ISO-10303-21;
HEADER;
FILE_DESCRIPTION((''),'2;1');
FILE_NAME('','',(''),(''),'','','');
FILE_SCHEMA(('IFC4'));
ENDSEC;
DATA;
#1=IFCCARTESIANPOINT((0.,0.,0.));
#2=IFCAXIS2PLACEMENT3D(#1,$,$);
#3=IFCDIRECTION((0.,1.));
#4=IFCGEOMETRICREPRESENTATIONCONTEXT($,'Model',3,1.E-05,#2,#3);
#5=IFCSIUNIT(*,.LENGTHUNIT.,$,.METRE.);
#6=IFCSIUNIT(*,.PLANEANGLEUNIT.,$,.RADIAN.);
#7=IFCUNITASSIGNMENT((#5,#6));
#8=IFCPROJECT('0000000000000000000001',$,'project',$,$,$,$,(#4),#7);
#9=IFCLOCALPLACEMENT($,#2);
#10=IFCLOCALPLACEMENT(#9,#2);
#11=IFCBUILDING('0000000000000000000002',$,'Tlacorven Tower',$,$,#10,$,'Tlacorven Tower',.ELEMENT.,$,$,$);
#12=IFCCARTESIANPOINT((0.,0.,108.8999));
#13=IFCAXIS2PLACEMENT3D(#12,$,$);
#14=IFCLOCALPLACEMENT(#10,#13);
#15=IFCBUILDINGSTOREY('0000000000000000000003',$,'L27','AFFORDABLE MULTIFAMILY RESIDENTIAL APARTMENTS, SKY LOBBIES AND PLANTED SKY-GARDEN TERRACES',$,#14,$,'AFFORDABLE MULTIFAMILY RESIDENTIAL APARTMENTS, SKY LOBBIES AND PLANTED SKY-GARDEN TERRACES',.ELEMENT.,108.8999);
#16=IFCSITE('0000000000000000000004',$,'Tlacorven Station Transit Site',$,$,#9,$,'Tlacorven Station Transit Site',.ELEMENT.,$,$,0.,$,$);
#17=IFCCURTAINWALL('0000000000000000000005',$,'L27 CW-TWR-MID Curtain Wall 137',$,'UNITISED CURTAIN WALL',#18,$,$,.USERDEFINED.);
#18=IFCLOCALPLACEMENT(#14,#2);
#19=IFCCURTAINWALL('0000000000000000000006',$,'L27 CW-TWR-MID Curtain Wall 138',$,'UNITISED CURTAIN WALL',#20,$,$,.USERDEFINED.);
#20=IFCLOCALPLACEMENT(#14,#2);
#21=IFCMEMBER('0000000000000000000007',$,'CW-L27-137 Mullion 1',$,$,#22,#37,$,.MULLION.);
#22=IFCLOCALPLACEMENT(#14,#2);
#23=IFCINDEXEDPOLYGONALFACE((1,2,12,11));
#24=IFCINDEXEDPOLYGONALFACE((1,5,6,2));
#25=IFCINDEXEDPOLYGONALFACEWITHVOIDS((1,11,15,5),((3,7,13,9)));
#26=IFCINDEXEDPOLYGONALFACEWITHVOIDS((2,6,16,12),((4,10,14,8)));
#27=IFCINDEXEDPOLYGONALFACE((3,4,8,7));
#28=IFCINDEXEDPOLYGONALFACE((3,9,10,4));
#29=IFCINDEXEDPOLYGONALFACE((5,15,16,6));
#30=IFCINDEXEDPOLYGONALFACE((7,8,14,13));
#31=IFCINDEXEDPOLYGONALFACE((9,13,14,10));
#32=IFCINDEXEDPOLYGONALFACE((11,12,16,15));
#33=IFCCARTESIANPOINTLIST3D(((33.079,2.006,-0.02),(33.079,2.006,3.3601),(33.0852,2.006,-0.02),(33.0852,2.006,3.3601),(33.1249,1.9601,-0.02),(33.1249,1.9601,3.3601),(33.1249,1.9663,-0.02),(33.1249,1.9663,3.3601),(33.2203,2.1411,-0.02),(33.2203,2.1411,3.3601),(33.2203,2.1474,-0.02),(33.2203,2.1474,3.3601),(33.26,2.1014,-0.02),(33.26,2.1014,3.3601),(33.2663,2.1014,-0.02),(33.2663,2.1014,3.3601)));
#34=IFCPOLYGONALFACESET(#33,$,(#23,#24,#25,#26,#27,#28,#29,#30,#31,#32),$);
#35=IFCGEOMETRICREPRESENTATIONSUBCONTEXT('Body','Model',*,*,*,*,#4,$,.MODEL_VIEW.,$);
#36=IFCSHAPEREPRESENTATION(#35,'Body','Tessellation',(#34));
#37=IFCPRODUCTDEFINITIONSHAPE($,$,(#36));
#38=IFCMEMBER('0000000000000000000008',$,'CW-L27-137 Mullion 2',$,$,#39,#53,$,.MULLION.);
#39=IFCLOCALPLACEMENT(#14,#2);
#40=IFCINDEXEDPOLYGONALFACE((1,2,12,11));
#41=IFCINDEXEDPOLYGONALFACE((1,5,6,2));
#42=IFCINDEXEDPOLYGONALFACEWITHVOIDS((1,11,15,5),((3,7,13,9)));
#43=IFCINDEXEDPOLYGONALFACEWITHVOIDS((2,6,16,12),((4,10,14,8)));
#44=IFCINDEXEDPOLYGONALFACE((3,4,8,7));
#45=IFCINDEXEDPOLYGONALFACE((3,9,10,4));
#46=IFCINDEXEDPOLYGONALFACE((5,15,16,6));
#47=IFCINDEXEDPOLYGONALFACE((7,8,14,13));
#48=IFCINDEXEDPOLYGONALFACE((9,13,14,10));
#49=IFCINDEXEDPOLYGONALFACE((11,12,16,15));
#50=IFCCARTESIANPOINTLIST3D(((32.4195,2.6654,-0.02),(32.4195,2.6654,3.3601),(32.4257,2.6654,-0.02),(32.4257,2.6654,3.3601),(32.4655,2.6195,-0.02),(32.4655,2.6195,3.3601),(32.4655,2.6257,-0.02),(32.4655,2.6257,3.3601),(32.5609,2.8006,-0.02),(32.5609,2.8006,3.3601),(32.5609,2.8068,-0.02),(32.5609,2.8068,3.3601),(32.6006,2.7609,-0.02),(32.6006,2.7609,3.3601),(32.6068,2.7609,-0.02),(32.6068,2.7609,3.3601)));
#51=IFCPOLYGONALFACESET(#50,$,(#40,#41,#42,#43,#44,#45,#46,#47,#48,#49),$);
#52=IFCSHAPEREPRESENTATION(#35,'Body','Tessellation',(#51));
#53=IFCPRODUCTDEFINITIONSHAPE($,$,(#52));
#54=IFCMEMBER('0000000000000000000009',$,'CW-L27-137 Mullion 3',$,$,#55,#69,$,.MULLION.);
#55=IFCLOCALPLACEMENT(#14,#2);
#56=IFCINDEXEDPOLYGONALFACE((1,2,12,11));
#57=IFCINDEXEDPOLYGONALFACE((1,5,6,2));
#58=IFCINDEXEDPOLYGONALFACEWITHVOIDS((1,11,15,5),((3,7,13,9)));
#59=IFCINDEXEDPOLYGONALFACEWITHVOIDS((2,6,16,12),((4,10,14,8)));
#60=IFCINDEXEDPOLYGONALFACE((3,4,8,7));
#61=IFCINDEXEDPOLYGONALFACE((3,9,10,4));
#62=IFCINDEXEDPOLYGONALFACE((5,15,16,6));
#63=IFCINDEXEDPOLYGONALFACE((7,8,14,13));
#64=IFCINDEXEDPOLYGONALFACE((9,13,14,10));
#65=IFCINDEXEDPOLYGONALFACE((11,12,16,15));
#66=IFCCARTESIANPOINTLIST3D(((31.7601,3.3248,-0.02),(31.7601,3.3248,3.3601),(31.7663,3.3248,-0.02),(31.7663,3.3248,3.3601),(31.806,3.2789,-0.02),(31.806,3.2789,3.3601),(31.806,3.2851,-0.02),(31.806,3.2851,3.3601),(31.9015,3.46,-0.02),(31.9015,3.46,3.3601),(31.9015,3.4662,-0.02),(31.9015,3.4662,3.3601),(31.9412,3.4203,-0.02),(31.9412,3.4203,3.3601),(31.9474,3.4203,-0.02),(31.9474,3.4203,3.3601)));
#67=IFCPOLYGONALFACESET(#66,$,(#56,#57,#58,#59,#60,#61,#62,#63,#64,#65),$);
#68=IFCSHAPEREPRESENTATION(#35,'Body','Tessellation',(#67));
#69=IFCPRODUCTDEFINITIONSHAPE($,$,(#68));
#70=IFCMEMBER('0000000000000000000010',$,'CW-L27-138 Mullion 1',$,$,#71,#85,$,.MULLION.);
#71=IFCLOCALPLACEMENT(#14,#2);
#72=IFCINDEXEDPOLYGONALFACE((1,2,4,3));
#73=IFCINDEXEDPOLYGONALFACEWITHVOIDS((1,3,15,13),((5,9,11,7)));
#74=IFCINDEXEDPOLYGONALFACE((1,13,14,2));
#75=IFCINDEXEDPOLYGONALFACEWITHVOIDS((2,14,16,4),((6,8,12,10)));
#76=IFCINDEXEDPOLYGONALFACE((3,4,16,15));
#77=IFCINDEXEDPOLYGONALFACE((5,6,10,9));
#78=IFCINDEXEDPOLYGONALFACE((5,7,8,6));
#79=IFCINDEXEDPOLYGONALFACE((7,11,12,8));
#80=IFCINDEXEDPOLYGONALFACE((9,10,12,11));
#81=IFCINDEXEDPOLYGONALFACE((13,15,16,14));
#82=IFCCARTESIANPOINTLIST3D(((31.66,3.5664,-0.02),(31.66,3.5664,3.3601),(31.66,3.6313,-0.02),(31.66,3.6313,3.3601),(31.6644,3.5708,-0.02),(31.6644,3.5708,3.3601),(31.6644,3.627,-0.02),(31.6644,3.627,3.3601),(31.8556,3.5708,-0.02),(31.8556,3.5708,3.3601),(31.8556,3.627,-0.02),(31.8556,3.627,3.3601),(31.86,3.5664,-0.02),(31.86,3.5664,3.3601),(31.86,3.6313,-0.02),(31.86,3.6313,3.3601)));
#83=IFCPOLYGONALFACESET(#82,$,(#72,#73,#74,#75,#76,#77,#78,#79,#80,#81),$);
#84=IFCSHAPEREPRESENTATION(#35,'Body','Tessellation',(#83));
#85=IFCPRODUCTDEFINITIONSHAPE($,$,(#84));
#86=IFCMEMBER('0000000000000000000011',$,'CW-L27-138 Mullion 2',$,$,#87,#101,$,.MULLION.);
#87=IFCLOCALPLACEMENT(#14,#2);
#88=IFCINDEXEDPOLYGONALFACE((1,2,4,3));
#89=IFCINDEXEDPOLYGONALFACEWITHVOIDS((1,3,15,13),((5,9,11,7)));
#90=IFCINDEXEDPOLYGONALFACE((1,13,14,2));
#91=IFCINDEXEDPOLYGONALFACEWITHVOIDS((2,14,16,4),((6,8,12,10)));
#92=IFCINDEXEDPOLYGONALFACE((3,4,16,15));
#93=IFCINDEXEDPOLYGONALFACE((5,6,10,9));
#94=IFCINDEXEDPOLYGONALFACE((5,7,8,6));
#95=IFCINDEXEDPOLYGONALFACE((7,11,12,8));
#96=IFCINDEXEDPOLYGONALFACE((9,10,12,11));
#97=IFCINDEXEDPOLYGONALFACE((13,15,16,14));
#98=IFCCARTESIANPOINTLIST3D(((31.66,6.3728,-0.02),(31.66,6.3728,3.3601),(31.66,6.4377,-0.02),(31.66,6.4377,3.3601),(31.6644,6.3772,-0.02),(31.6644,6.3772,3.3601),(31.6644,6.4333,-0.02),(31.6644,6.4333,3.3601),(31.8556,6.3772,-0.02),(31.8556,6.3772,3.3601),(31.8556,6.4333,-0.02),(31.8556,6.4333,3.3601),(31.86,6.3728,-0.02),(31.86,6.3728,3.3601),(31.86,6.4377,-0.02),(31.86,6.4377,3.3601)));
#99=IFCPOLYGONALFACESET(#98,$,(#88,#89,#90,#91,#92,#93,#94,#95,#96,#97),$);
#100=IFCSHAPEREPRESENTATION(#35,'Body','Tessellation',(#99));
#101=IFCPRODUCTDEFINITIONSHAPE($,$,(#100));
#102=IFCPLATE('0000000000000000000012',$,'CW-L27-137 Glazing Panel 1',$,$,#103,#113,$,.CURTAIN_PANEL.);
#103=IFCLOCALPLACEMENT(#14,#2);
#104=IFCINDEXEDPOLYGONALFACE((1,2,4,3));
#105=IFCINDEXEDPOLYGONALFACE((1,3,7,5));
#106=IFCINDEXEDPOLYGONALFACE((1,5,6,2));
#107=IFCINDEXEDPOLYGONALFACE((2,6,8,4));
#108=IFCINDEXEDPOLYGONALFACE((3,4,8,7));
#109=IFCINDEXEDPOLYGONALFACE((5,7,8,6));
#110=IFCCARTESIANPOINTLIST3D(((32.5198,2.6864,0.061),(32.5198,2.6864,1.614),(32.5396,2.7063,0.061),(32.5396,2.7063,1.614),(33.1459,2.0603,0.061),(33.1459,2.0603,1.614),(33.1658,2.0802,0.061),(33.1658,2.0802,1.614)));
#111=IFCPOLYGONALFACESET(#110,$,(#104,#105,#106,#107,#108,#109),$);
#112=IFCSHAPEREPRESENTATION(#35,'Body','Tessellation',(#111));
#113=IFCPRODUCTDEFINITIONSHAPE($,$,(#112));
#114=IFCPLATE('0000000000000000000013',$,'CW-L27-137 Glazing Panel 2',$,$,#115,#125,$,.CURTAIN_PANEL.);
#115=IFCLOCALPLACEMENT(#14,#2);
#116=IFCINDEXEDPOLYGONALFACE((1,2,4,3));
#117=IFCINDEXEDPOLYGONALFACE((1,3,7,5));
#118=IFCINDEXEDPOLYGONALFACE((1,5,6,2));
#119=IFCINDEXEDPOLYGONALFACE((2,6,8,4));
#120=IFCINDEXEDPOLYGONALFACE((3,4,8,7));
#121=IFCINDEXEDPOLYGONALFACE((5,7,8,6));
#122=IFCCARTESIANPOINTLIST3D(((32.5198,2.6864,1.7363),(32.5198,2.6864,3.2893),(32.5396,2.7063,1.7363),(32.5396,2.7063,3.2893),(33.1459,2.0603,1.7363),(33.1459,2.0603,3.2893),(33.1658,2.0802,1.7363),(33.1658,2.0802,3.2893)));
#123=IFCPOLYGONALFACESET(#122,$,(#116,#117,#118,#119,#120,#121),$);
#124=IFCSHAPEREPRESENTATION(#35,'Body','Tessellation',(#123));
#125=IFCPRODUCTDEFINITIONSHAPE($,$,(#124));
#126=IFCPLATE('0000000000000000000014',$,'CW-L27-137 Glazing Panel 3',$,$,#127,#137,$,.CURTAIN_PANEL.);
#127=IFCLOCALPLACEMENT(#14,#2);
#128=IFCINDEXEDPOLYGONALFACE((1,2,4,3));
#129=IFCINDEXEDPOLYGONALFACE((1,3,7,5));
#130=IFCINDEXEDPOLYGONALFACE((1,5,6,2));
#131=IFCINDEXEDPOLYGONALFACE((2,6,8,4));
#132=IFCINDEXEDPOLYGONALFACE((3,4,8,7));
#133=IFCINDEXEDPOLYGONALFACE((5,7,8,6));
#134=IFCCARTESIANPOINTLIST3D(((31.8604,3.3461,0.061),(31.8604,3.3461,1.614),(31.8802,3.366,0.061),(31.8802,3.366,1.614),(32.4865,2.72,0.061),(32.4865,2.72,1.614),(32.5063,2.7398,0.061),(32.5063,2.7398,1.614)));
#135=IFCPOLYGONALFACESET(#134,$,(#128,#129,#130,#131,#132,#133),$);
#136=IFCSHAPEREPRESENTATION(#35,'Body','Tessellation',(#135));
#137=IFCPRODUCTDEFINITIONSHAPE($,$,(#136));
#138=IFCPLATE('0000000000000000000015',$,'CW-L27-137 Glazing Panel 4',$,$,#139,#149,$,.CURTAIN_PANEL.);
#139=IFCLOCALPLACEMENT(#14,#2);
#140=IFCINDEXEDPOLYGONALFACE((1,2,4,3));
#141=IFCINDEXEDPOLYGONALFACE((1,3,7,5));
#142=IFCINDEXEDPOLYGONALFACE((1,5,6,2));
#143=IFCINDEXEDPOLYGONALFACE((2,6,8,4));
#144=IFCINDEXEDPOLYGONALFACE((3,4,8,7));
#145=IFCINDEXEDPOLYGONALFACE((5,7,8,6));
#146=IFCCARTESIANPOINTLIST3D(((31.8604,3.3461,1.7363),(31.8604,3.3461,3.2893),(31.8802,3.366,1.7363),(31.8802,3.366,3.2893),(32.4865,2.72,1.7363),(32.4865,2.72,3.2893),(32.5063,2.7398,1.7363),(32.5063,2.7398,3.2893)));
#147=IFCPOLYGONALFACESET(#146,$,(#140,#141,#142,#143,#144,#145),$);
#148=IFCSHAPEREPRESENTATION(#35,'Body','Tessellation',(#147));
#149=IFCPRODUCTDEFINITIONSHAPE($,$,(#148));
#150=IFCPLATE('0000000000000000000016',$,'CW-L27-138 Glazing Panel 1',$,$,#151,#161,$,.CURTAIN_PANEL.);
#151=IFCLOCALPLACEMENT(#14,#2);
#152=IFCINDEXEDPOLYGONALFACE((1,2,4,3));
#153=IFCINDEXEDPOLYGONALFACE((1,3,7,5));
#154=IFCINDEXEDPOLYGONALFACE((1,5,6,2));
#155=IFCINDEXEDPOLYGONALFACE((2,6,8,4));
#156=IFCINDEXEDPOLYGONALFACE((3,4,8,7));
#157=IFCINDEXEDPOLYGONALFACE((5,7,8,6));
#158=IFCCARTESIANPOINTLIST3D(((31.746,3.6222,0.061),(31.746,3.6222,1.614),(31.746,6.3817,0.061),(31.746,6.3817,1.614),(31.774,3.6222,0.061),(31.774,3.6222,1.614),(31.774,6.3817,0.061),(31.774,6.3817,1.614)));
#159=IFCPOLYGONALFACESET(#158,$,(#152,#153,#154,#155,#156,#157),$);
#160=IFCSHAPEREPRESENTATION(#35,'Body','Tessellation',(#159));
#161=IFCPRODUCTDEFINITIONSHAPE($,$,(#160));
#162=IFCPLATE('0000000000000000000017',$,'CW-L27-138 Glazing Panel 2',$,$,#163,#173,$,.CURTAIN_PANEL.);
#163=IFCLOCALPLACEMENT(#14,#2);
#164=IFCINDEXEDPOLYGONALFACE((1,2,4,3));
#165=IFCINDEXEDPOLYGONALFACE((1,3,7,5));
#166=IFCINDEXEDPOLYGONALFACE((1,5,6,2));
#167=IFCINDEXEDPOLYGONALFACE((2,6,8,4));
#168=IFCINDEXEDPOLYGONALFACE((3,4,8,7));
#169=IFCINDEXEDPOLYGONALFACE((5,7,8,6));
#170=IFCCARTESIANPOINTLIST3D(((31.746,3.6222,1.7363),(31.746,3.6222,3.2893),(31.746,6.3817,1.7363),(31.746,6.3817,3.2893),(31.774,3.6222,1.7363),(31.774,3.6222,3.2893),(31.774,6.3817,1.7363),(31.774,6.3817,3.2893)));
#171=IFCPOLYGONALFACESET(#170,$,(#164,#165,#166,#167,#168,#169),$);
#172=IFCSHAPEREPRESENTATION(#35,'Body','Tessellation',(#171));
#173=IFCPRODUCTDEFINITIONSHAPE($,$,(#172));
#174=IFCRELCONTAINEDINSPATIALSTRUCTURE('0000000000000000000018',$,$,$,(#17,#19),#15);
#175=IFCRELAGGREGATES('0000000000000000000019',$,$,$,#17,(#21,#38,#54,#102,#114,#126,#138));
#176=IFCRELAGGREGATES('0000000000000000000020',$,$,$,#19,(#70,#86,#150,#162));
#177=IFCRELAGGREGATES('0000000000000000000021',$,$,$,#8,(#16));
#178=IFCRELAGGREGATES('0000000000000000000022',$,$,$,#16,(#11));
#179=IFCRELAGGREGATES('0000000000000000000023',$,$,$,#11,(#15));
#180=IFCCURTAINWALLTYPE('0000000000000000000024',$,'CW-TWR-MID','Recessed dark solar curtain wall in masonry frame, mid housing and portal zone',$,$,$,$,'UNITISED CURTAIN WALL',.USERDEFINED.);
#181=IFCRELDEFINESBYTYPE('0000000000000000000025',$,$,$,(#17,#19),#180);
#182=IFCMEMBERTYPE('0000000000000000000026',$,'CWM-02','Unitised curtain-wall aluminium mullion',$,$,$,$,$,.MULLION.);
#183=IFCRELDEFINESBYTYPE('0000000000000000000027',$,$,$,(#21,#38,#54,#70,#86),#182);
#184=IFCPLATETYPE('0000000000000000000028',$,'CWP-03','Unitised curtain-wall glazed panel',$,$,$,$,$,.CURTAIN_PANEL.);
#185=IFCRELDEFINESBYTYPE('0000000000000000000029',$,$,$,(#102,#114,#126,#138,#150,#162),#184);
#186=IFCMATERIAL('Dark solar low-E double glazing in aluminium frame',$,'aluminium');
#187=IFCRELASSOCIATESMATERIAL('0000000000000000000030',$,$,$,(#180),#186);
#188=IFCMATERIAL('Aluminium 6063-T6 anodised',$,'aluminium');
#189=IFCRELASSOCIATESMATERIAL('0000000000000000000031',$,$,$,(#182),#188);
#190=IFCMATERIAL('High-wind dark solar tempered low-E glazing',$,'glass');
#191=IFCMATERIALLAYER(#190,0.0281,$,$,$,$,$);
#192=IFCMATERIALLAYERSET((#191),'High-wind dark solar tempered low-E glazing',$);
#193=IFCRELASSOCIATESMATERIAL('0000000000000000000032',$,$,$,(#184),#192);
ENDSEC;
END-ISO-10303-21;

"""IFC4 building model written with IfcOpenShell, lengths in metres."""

from ifc_helpers import new_model, si_unit, direction, frame, origin, origin_2d, place, context, subcontext, project, spatial, rectangle, hollow_rectangle, extrude, source, transform, mapped, material, layer, layer_set, material_profile, profile_set, type_object, element, aggregate, save


model = new_model("IFC4")

# Units and contexts
model_context = context("Model", 3, precision=1e-05, world=origin(), true_north=direction((0.0, 1.0)))
body_context = subcontext(model_context, "Body", "Model", "MODEL_VIEW")
ifc_project = project(units=[si_unit("LENGTHUNIT", "METRE"), si_unit("PLANEANGLEUNIT", "RADIAN")], contexts=[model_context])

# Site, building, storey
site_placement = place(None, origin())
site = spatial("IfcSite", under=ifc_project, at=site_placement, Name="Tlacorven Station Transit Site", LongName="Tlacorven Station Transit Site", CompositionType="ELEMENT", RefElevation=0.0)
building_placement = place(site_placement, origin())
building = spatial("IfcBuilding", under=site, at=building_placement, Name="Tlacorven Tower", LongName="Tlacorven Tower", CompositionType="ELEMENT")
storey_placement = place(building_placement, frame((0.0, 0.0, 108.8999)))
storey = spatial("IfcBuildingStorey", under=building, at=storey_placement, Name="L27", Description="AFFORDABLE MULTIFAMILY RESIDENTIAL APARTMENTS, SKY LOBBIES AND PLANTED SKY-GARDEN TERRACES", LongName="AFFORDABLE MULTIFAMILY RESIDENTIAL APARTMENTS, SKY LOBBIES AND PLANTED SKY-GARDEN TERRACES", CompositionType="ELEMENT", Elevation=108.8999)

# Curtain walls
ifc_material_1 = material(Name="Dark solar low-E double glazing in aluminium frame", Category="aluminium")
curtain_wall_type = type_object("IfcCurtainWallType", Name="CW-TWR-MID", Description="Recessed dark solar curtain wall in masonry frame, mid housing and portal zone", ElementType="UNITISED CURTAIN WALL", PredefinedType="USERDEFINED", material=ifc_material_1)
curtain_wall_1_placement = place(storey_placement, origin())
curtain_wall_1 = element("IfcCurtainWall", 1, at=curtain_wall_1_placement, inside=storey, type_object=curtain_wall_type, Name="L27 CW-TWR-MID Curtain Wall 137", ObjectType="UNITISED CURTAIN WALL", PredefinedType="USERDEFINED")
ifc_material_2 = material(Name="Aluminium 6063-T6 anodised", Category="aluminium")
curtain_wall_2_placement = place(storey_placement, origin())
curtain_wall_2 = element("IfcCurtainWall", 2, at=curtain_wall_2_placement, inside=storey, type_object=curtain_wall_type, Name="L27 CW-TWR-MID Curtain Wall 138", ObjectType="UNITISED CURTAIN WALL", PredefinedType="USERDEFINED")

# Shared definitions
ifc_material_profile_1 = material_profile(ifc_material_2, hollow_rectangle(XDim=0.0649, YDim=0.2, WallThickness=0.0044, at=origin_2d()), Name="ALU MULLION 65X200")
ifc_profile_set_1 = profile_set([ifc_material_profile_1], Name="Aluminium 6063-T6 anodised")
member_type_1 = type_object("IfcMemberType", Name="CWM-02", Description="Unitised curtain-wall aluminium mullion", PredefinedType="MULLION", material=ifc_profile_set_1)
shared_shape_1 = source(origin(), body_context, "Body", "SweptSolid", [
    extrude(hollow_rectangle(XDim=0.0649, YDim=0.2, WallThickness=0.0044, at=origin_2d()), origin(), (0.0, 0.0, 1.0), 3.3801),
])

# Members
member_1_placement = place(storey_placement, frame((33.1726, 2.0537, -0.02), z_axis=(0.0, 0.0, 1.0), x_axis=(-0.707107, 0.707107, 0.0)))
member_1 = element("IfcMember", 3, at=member_1_placement, type_object=member_type_1, Name="CW-L27-137 Mullion 1", PredefinedType="MULLION", context=body_context, shape_type="MappedRepresentation", body=[
    mapped(shared_shape_1, transform((0.0, 0.0, 0.0), scale=1.0)),
])
member_2_placement = place(storey_placement, frame((32.5132, 2.7131, -0.02), z_axis=(0.0, 0.0, 1.0), x_axis=(-0.707107, 0.707107, 0.0)))
member_2 = element("IfcMember", 4, at=member_2_placement, type_object=member_type_1, Name="CW-L27-137 Mullion 2", PredefinedType="MULLION", context=body_context, shape_type="MappedRepresentation", body=[
    mapped(shared_shape_1, transform((0.0, 0.0, 0.0), scale=1.0)),
])
member_3_placement = place(storey_placement, frame((31.8538, 3.3726, -0.02), z_axis=(0.0, 0.0, 1.0), x_axis=(-0.707107, 0.707107, 0.0)))
member_3 = element("IfcMember", 5, at=member_3_placement, type_object=member_type_1, Name="CW-L27-137 Mullion 3", PredefinedType="MULLION", context=body_context, shape_type="MappedRepresentation", body=[
    mapped(shared_shape_1, transform((0.0, 0.0, 0.0), scale=1.0)),
])
member_4_placement = place(storey_placement, frame((31.76, 3.5989, -0.02), z_axis=(0.0, 0.0, 1.0), x_axis=(0.0, 1.0, 0.0)))
member_4 = element("IfcMember", 6, at=member_4_placement, type_object=member_type_1, Name="CW-L27-138 Mullion 1", PredefinedType="MULLION", context=body_context, shape_type="MappedRepresentation", body=[
    mapped(shared_shape_1, transform((0.0, 0.0, 0.0), scale=1.0)),
])
member_5_placement = place(storey_placement, frame((31.76, 6.4053, -0.02), z_axis=(0.0, 0.0, 1.0), x_axis=(0.0, 1.0, 0.0)))
member_5 = element("IfcMember", 7, at=member_5_placement, type_object=member_type_1, Name="CW-L27-138 Mullion 2", PredefinedType="MULLION", context=body_context, shape_type="MappedRepresentation", body=[
    mapped(shared_shape_1, transform((0.0, 0.0, 0.0), scale=1.0)),
])

# Plates
ifc_material_3 = material(Name="High-wind dark solar tempered low-E glazing", Category="glass")
ifc_layer = layer(ifc_material_3, 0.0281)
ifc_layer_set = layer_set([ifc_layer], Name="High-wind dark solar tempered low-E glazing")
plate_type = type_object("IfcPlateType", Name="CWP-03", Description="Unitised curtain-wall glazed panel", PredefinedType="CURTAIN_PANEL", material=ifc_layer_set)
shared_shape_2 = source(origin(), body_context, "Body", "SweptSolid", [
    extrude(rectangle(XDim=0.8855, YDim=0.0281, at=origin_2d()), origin(), (0.0, 0.0, 1.0), 1.553),
])
plate_1_placement = place(storey_placement, frame((32.8428, 2.3833, 0.061), z_axis=(0.0, 0.0, 1.0), x_axis=(-0.707107, 0.707107, 0.0)))
plate_1 = element("IfcPlate", 8, at=plate_1_placement, type_object=plate_type, Name="CW-L27-137 Glazing Panel 1", PredefinedType="CURTAIN_PANEL", context=body_context, shape_type="MappedRepresentation", body=[
    mapped(shared_shape_2, transform((0.0, 0.0, 0.0), scale=1.0)),
])
plate_2_placement = place(storey_placement, frame((32.8428, 2.3833, 1.7363), z_axis=(0.0, 0.0, 1.0), x_axis=(-0.707107, 0.707107, 0.0)))
plate_2 = element("IfcPlate", 9, at=plate_2_placement, type_object=plate_type, Name="CW-L27-137 Glazing Panel 2", PredefinedType="CURTAIN_PANEL", context=body_context, shape_type="MappedRepresentation", body=[
    mapped(shared_shape_2, transform((0.0, 0.0, 0.0), scale=1.0)),
])
plate_3_placement = place(storey_placement, frame((32.1833, 3.043, 0.061), z_axis=(0.0, 0.0, 1.0), x_axis=(-0.707107, 0.707107, 0.0)))
plate_3 = element("IfcPlate", 10, at=plate_3_placement, type_object=plate_type, Name="CW-L27-137 Glazing Panel 3", PredefinedType="CURTAIN_PANEL", context=body_context, shape_type="MappedRepresentation", body=[
    mapped(shared_shape_2, transform((0.0, 0.0, 0.0), scale=1.0)),
])
plate_4_placement = place(storey_placement, frame((32.1833, 3.043, 1.7363), z_axis=(0.0, 0.0, 1.0), x_axis=(-0.707107, 0.707107, 0.0)))
plate_4 = element("IfcPlate", 11, at=plate_4_placement, type_object=plate_type, Name="CW-L27-137 Glazing Panel 4", PredefinedType="CURTAIN_PANEL", context=body_context, shape_type="MappedRepresentation", body=[
    mapped(shared_shape_2, transform((0.0, 0.0, 0.0), scale=1.0)),
])
aggregate(curtain_wall_1, [member_1, member_2, member_3, plate_1, plate_2, plate_3, plate_4])
shared_shape_3 = source(origin(), body_context, "Body", "SweptSolid", [
    extrude(rectangle(XDim=2.7595, YDim=0.0281, at=origin_2d()), origin(), (0.0, 0.0, 1.0), 1.553),
])
plate_5_placement = place(storey_placement, frame((31.76, 5.002, 0.061), z_axis=(0.0, 0.0, 1.0), x_axis=(0.0, 1.0, 0.0)))
plate_5 = element("IfcPlate", 12, at=plate_5_placement, type_object=plate_type, Name="CW-L27-138 Glazing Panel 1", PredefinedType="CURTAIN_PANEL", context=body_context, shape_type="MappedRepresentation", body=[
    mapped(shared_shape_3, transform((0.0, 0.0, 0.0), scale=1.0)),
])
plate_6_placement = place(storey_placement, frame((31.76, 5.002, 1.7363), z_axis=(0.0, 0.0, 1.0), x_axis=(0.0, 1.0, 0.0)))
plate_6 = element("IfcPlate", 13, at=plate_6_placement, type_object=plate_type, Name="CW-L27-138 Glazing Panel 2", PredefinedType="CURTAIN_PANEL", context=body_context, shape_type="MappedRepresentation", body=[
    mapped(shared_shape_3, transform((0.0, 0.0, 0.0), scale=1.0)),
])
aggregate(curtain_wall_2, [member_4, member_5, plate_5, plate_6])

save(model, "model.ifc")
